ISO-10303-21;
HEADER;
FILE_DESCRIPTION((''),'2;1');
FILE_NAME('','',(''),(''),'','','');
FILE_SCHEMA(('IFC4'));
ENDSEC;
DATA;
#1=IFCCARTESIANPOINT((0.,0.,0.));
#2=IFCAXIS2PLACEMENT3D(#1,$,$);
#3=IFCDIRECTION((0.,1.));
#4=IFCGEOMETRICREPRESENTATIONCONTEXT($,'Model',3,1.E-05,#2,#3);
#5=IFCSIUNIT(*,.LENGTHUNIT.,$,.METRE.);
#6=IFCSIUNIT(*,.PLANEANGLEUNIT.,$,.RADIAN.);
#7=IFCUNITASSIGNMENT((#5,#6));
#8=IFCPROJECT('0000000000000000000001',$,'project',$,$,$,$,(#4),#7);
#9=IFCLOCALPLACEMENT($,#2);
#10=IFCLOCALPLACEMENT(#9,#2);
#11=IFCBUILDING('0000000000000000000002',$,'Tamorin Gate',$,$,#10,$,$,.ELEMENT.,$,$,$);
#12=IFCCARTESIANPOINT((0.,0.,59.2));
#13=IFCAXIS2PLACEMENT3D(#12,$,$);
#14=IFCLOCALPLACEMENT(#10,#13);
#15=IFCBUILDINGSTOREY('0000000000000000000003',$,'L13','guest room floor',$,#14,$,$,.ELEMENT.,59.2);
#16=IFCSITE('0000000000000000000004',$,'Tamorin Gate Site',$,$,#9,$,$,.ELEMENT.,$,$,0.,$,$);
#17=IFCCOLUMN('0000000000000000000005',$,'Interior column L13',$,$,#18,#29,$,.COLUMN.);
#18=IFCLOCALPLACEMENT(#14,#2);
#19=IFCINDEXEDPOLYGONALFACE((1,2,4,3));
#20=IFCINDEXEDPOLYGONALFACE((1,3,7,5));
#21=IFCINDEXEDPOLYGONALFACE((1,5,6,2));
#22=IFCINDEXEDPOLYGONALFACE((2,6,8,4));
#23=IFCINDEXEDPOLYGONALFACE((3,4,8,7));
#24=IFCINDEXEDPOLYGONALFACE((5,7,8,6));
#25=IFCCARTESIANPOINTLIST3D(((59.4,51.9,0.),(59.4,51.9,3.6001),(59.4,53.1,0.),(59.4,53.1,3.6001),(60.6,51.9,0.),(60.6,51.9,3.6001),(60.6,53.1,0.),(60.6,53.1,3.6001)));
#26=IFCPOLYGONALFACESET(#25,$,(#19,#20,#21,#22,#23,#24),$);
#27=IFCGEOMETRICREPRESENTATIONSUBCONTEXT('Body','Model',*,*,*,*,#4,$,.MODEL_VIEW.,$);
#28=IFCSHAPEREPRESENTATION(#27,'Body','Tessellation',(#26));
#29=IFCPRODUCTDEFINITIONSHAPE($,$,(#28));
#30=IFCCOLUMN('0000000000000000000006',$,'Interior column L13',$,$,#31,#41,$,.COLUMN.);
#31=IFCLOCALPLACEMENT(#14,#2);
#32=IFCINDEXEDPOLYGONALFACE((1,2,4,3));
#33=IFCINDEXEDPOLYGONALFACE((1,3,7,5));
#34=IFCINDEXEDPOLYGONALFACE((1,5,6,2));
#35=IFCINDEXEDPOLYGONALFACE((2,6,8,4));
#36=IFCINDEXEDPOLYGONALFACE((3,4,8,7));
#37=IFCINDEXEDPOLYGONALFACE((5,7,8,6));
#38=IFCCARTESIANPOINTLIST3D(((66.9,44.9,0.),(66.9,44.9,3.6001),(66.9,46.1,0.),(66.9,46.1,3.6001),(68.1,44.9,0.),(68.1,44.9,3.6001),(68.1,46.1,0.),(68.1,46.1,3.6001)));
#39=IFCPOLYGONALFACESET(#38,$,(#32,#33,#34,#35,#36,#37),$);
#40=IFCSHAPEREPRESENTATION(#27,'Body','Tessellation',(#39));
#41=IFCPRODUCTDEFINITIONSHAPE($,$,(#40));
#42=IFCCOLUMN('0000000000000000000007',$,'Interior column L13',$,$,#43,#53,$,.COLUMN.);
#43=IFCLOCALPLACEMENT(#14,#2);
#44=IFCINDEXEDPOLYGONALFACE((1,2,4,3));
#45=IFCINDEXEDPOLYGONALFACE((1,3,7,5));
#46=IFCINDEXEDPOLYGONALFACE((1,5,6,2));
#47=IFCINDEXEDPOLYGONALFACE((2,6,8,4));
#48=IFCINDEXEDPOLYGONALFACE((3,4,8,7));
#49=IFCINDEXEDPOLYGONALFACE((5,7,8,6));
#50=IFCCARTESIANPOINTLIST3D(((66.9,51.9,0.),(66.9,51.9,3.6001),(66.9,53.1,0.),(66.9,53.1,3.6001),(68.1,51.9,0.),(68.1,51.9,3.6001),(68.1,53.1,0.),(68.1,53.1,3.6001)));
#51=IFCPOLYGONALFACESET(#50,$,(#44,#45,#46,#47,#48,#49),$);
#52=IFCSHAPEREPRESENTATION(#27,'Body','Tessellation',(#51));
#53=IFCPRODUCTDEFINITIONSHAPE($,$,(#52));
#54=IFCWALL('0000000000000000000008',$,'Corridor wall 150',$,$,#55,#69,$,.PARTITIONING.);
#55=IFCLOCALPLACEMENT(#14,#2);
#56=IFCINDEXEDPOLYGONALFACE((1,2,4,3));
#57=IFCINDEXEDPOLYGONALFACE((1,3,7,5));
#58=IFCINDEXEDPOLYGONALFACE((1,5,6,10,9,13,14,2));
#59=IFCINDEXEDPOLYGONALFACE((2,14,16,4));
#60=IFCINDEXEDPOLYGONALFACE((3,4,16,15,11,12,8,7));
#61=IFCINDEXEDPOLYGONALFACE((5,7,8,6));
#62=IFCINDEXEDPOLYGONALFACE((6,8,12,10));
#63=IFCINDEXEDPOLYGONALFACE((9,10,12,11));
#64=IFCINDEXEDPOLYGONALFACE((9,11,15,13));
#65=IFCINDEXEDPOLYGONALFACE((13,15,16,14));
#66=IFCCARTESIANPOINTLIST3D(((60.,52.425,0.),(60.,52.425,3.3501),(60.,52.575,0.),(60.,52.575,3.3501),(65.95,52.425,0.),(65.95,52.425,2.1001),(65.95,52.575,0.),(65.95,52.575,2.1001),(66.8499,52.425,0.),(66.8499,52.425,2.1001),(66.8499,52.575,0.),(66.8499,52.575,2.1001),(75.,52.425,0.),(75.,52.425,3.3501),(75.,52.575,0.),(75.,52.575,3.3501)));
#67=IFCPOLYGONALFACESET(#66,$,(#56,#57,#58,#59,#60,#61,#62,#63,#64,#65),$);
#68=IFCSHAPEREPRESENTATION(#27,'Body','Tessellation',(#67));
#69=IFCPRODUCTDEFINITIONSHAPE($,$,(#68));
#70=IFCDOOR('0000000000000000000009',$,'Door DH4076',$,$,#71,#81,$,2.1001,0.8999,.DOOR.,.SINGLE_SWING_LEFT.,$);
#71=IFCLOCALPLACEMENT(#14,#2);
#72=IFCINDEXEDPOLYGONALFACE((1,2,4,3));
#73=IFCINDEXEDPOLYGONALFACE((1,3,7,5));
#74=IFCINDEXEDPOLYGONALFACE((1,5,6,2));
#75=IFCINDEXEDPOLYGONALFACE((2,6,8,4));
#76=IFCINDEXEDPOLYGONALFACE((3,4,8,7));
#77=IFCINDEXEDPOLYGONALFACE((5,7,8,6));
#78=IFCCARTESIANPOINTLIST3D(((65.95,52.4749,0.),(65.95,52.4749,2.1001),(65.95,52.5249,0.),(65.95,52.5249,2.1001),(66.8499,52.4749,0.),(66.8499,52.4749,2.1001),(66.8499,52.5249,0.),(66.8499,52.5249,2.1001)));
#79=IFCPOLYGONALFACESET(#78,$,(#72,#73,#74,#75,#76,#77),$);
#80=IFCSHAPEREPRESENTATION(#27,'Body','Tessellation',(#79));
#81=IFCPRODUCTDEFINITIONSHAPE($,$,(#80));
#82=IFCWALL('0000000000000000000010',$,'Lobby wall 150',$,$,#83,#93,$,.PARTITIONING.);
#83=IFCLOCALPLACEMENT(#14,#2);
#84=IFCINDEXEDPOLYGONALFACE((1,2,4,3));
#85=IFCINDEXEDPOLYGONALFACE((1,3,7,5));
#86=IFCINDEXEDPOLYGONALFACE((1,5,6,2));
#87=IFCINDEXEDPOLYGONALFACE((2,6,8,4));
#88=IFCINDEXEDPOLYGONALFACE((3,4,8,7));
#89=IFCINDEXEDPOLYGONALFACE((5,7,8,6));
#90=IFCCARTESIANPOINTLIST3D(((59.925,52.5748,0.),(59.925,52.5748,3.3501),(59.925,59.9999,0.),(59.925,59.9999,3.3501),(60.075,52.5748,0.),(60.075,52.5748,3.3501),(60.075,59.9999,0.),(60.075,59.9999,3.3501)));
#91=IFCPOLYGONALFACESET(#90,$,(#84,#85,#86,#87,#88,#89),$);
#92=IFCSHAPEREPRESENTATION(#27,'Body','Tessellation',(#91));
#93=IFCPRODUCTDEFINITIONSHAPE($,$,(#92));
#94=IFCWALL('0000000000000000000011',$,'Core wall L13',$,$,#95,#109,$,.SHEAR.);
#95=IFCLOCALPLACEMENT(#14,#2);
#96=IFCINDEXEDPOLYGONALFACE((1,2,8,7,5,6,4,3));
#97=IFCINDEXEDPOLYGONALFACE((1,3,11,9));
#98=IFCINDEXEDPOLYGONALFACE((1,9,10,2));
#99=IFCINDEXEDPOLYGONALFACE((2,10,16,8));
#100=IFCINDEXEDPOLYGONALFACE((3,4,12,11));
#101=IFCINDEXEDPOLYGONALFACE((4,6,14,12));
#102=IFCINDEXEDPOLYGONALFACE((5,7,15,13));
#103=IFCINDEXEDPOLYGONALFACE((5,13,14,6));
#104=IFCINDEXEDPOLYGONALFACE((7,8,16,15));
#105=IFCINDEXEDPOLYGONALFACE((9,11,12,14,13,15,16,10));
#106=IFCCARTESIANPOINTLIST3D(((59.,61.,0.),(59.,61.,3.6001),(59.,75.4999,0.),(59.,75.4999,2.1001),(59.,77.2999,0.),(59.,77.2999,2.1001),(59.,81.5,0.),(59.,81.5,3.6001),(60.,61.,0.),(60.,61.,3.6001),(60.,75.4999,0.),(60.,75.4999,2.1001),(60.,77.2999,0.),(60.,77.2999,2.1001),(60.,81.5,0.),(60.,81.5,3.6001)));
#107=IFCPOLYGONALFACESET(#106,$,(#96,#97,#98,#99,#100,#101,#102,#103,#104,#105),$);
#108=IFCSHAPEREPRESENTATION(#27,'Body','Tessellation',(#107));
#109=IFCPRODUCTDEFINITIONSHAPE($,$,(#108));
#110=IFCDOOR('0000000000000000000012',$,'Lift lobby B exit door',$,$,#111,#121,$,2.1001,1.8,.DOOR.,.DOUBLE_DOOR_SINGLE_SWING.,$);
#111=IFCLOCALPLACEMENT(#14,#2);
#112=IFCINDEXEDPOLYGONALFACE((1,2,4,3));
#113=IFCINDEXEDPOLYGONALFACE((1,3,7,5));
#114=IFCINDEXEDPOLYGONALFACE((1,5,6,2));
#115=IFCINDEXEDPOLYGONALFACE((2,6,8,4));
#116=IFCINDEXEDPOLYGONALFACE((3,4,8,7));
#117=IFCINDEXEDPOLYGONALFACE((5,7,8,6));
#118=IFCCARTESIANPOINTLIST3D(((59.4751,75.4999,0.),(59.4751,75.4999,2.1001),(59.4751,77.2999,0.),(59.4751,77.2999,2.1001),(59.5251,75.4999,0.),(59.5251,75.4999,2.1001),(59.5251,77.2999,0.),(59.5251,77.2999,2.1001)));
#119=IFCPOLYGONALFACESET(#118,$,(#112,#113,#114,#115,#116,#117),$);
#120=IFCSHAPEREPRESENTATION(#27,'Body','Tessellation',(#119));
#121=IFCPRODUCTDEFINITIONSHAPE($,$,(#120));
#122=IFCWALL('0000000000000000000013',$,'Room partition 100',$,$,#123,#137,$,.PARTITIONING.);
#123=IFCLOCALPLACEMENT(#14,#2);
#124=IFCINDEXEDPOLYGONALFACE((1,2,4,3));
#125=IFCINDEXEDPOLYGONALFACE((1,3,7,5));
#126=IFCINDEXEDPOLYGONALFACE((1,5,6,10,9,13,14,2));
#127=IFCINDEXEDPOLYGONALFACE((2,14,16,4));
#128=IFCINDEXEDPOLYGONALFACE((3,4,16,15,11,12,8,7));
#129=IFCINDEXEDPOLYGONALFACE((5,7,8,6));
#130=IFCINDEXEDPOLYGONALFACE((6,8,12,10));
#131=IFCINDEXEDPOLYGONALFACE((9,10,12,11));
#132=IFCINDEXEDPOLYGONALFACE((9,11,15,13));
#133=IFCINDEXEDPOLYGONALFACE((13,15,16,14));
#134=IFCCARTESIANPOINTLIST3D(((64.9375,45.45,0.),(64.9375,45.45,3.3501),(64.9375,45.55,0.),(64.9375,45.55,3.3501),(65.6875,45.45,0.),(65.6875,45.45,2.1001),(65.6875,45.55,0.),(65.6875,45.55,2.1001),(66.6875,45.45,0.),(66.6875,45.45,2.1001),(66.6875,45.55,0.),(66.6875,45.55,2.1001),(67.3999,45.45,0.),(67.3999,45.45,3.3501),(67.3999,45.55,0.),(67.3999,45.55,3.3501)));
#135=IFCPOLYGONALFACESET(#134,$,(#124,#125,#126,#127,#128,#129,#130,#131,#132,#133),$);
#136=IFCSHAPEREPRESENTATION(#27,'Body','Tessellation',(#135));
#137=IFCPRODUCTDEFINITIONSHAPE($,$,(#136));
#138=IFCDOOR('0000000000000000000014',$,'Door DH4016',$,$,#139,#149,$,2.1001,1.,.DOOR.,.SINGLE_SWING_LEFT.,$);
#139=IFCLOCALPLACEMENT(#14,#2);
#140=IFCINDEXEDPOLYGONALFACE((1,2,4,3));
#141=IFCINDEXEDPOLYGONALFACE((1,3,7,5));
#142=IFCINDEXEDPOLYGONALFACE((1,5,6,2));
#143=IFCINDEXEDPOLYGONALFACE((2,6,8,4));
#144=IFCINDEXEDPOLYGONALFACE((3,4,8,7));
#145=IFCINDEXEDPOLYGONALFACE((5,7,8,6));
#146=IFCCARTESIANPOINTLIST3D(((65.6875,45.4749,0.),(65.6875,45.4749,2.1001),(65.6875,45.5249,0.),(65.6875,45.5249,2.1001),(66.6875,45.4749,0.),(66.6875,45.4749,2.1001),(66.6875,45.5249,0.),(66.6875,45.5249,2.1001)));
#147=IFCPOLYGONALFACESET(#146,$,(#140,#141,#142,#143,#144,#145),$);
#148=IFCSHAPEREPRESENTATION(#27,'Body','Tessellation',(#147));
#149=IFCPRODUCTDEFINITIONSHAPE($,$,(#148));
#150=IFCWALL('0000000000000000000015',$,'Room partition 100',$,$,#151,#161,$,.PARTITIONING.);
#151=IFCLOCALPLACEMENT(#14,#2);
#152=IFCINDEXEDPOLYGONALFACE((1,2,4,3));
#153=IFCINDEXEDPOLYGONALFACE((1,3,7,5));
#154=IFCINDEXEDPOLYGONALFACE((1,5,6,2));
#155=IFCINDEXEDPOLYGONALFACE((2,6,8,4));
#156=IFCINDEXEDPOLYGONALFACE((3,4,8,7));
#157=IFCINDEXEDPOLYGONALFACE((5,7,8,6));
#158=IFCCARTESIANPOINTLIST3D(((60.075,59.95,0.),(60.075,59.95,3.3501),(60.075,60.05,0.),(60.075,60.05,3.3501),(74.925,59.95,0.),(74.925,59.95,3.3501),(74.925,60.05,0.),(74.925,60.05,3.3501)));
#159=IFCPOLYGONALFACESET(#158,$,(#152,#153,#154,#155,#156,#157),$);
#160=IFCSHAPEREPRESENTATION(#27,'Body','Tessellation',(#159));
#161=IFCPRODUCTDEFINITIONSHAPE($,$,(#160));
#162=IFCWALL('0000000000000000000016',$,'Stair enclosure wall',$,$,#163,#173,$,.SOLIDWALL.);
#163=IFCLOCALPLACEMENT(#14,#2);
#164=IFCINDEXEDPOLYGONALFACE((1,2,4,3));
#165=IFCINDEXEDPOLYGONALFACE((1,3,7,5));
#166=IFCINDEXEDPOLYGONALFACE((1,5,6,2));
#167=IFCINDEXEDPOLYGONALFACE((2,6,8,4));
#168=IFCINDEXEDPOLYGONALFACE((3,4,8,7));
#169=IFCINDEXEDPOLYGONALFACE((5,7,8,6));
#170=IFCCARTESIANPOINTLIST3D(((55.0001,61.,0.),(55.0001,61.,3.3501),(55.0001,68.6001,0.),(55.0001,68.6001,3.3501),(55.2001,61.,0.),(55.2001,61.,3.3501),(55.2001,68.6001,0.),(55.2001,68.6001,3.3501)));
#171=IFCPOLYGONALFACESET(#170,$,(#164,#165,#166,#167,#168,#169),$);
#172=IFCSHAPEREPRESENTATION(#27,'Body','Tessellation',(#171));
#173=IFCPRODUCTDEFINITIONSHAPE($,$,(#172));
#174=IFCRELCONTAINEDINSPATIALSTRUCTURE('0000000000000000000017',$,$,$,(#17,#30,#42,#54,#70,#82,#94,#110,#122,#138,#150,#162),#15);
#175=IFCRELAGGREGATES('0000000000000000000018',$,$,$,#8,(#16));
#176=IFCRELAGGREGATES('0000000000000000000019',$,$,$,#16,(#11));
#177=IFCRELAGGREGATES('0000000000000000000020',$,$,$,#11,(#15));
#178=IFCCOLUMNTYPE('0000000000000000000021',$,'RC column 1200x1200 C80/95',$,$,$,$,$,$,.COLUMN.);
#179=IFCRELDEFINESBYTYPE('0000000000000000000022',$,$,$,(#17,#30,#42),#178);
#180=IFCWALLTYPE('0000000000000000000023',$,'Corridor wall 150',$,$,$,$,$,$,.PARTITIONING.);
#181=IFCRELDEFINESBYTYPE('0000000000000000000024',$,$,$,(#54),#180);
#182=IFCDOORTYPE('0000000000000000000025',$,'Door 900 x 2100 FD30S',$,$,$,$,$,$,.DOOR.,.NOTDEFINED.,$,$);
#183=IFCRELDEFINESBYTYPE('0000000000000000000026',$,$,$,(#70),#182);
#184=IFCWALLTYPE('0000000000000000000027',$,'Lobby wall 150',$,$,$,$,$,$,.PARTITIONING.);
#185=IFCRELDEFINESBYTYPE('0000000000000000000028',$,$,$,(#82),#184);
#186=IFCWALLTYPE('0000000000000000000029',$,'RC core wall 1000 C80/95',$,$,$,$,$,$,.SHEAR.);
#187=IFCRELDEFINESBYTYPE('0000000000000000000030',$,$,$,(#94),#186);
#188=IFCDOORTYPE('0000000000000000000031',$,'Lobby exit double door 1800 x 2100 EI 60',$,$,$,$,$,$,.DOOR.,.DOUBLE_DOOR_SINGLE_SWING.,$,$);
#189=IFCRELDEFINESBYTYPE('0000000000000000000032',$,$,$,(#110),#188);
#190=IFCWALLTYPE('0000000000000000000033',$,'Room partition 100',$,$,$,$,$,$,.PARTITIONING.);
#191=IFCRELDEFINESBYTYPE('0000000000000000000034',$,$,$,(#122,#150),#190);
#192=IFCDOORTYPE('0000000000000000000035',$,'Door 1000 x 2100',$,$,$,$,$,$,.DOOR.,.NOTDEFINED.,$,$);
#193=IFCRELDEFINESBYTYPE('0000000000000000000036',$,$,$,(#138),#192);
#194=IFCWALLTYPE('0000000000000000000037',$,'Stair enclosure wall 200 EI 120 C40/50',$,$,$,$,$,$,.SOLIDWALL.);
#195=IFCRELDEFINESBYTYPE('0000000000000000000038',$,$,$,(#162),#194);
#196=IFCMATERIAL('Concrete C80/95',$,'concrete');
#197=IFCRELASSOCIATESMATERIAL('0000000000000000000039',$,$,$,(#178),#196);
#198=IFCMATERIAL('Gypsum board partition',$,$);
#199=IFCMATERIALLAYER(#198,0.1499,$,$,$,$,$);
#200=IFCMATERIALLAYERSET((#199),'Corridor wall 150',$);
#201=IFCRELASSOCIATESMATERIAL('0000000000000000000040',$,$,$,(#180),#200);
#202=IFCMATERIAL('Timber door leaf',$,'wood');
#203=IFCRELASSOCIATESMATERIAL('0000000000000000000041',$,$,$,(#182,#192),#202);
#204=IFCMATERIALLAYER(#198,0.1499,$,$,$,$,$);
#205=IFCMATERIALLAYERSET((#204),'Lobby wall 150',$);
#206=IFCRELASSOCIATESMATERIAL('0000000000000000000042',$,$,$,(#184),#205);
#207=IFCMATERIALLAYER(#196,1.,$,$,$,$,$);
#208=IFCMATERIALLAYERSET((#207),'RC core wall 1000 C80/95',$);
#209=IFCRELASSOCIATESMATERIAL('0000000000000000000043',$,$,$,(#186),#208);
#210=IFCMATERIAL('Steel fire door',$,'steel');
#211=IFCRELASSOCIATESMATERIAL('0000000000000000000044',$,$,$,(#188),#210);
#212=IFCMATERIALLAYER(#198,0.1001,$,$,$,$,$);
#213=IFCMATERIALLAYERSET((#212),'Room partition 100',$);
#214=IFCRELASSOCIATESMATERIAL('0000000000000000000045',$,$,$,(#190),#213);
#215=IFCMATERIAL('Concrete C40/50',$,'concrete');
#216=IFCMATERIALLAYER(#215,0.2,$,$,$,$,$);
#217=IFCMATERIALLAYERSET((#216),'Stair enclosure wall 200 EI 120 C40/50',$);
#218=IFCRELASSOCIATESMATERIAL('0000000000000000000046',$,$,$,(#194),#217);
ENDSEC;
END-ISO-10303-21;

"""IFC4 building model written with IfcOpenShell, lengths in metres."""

from ifc_helpers import new_model, si_unit, direction, frame, frame_2d, origin, origin_2d, place, context, subcontext, project, spatial, rectangle, extrude, material, layer, layer_set, material_profile, profile_set, type_object, element, fill, save


model = new_model("IFC4")

# Units and contexts
model_context = context("Model", 3, precision=1e-05, world=origin(), true_north=direction((0.0, 1.0)))
body_context = subcontext(model_context, "Body", "Model", "MODEL_VIEW")
ifc_project = project(units=[si_unit("LENGTHUNIT", "METRE"), si_unit("PLANEANGLEUNIT", "RADIAN")], contexts=[model_context])

# Site, building, storey
site_placement = place(None, origin())
site = spatial("IfcSite", under=ifc_project, at=site_placement, Name="Tamorin Gate Site", CompositionType="ELEMENT", RefElevation=0.0)
building_placement = place(site_placement, origin())
building = spatial("IfcBuilding", under=site, at=building_placement, Name="Tamorin Gate", CompositionType="ELEMENT")
storey_placement = place(building_placement, frame((0.0, 0.0, 59.2)))
storey = spatial("IfcBuildingStorey", under=building, at=storey_placement, Name="L13", Description="guest room floor", CompositionType="ELEMENT", Elevation=59.2)

# Columns
ifc_material_1 = material(Name="Concrete C80/95", Category="concrete")
ifc_material_profile = material_profile(ifc_material_1, rectangle(XDim=1.2, YDim=1.2, at=origin_2d()), Name="RC 1200x1200")
ifc_profile_set = profile_set([ifc_material_profile], Name="Concrete C80/95")
column_type = type_object("IfcColumnType", Name="RC column 1200x1200 C80/95", PredefinedType="COLUMN", material=ifc_profile_set)
for number, where, z_axis, x_axis, name in (
    (1, (60.0, 52.5, 0.0), (0.0, 0.0, 1.0), (1.0, 0.0, 0.0), "Interior column L13"),
    (2, (67.5, 45.5, 0.0), (0.0, 0.0, 1.0), (1.0, 0.0, 0.0), "Interior column L13"),
    (3, (67.5, 52.5, 0.0), (0.0, 0.0, 1.0), (1.0, 0.0, 0.0), "Interior column L13"),
):
    element("IfcColumn", number, at=place(storey_placement, frame(where, z_axis=z_axis, x_axis=x_axis)), inside=storey, type_object=column_type, Name=name, PredefinedType="COLUMN", context=body_context, shape_type="SweptSolid", body=[
        extrude(rectangle(XDim=1.2, YDim=1.2, at=origin_2d()), origin(), (0.0, 0.0, 1.0), 3.6001),
    ])

# Wall, opening, door
ifc_material_2 = material(Name="Gypsum board partition")
ifc_layer_1 = layer(ifc_material_2, 0.1499)
ifc_layer_set_1 = layer_set([ifc_layer_1], Name="Corridor wall 150")
wall_type_1 = type_object("IfcWallType", Name="Corridor wall 150", PredefinedType="PARTITIONING", material=ifc_layer_set_1)
wall_1_placement = place(storey_placement, frame((60.0, 52.5, 0.0), z_axis=(0.0, 0.0, 1.0), x_axis=(1.0, 0.0, 0.0)))
wall_1 = element("IfcWall", 4, at=wall_1_placement, inside=storey, type_object=wall_type_1, Name="Corridor wall 150", PredefinedType="PARTITIONING", context=body_context, shape_type="SweptSolid", body=[
    extrude(rectangle(XDim=15.0, YDim=0.1499, at=frame_2d((7.5, 0.0))), origin(), (0.0, 0.0, 1.0), 3.3501),
])
opening_1_placement = place(wall_1_placement, frame((5.95, 0.0, 0.0)))
opening_1 = element("IfcOpeningElement", 5, at=opening_1_placement, cuts=wall_1, PredefinedType="OPENING", context=body_context, shape_type="SweptSolid", body=[
    extrude(rectangle(XDim=0.8999, YDim=2.1001, at=frame_2d((0.45, 1.05))), frame((0.0, 0.085, 0.0), z_axis=(0.0, -1.0, 0.0), x_axis=(1.0, 0.0, 0.0)), (0.0, 0.0, 1.0), 0.1699),
])
ifc_material_3 = material(Name="Timber door leaf", Category="wood")
door_type_1 = type_object("IfcDoorType", Name="Door 900 x 2100 FD30S", OperationType="NOTDEFINED", PredefinedType="DOOR", material=ifc_material_3)
door_1_placement = place(opening_1_placement, origin())
door_1 = element("IfcDoor", 6, at=door_1_placement, inside=storey, type_object=door_type_1, Name="Door DH4076", OperationType="SINGLE_SWING_LEFT", OverallHeight=2.1001, OverallWidth=0.8999, PredefinedType="DOOR", context=body_context, shape_type="SweptSolid", body=[
    extrude(rectangle(XDim=0.8999, YDim=2.1001, at=frame_2d((0.45, 1.05))), frame((0.0, 0.0249, 0.0), z_axis=(0.0, -1.0, 0.0), x_axis=(1.0, 0.0, 0.0)), (0.0, 0.0, 1.0), 0.05),
])
fill(opening_1, door_1)

# Wall
ifc_layer_2 = layer(ifc_material_2, 0.1499)
ifc_layer_set_2 = layer_set([ifc_layer_2], Name="Lobby wall 150")
wall_type_2 = type_object("IfcWallType", Name="Lobby wall 150", PredefinedType="PARTITIONING", material=ifc_layer_set_2)
wall_2_placement = place(storey_placement, frame((60.0, 52.575, 0.0), z_axis=(0.0, 0.0, 1.0), x_axis=(0.0, 1.0, 0.0)))
element("IfcWall", 7, at=wall_2_placement, inside=storey, type_object=wall_type_2, Name="Lobby wall 150", PredefinedType="PARTITIONING", context=body_context, shape_type="SweptSolid", body=[
    extrude(rectangle(XDim=7.425, YDim=0.1499, at=frame_2d((3.7124, 0.0))), origin(), (0.0, 0.0, 1.0), 3.3501),
])

# Walls, openings, doors
ifc_layer_3 = layer(ifc_material_1, 1.0)
ifc_layer_set_3 = layer_set([ifc_layer_3], Name="RC core wall 1000 C80/95")
wall_type_3 = type_object("IfcWallType", Name="RC core wall 1000 C80/95", PredefinedType="SHEAR", material=ifc_layer_set_3)
wall_3_placement = place(storey_placement, frame((59.5, 61.0, 0.0), z_axis=(0.0, 0.0, 1.0), x_axis=(0.0, 1.0, 0.0)))
wall_3 = element("IfcWall", 8, at=wall_3_placement, inside=storey, type_object=wall_type_3, Name="Core wall L13", PredefinedType="SHEAR", context=body_context, shape_type="SweptSolid", body=[
    extrude(rectangle(XDim=20.5, YDim=1.0, at=frame_2d((10.25, 0.0))), origin(), (0.0, 0.0, 1.0), 3.6001),
])
opening_2_placement = place(wall_3_placement, frame((14.5, 0.0, 0.0)))
opening_2 = element("IfcOpeningElement", 9, at=opening_2_placement, cuts=wall_3, PredefinedType="OPENING", context=body_context, shape_type="SweptSolid", body=[
    extrude(rectangle(XDim=1.8, YDim=2.1001, at=frame_2d((0.8999, 1.05))), frame((0.0, 0.51, 0.0), z_axis=(0.0, -1.0, 0.0), x_axis=(1.0, 0.0, 0.0)), (0.0, 0.0, 1.0), 1.02),
])
ifc_material_4 = material(Name="Steel fire door", Category="steel")
door_type_2 = type_object("IfcDoorType", Name="Lobby exit double door 1800 x 2100 EI 60", OperationType="DOUBLE_DOOR_SINGLE_SWING", PredefinedType="DOOR", material=ifc_material_4)
door_2_placement = place(opening_2_placement, origin())
door_2 = element("IfcDoor", 10, at=door_2_placement, inside=storey, type_object=door_type_2, Name="Lift lobby B exit door", OperationType="DOUBLE_DOOR_SINGLE_SWING", OverallHeight=2.1001, OverallWidth=1.8, PredefinedType="DOOR", context=body_context, shape_type="SweptSolid", body=[
    extrude(rectangle(XDim=1.8, YDim=2.1001, at=frame_2d((0.8999, 1.05))), frame((0.0, 0.0249, 0.0), z_axis=(0.0, -1.0, 0.0), x_axis=(1.0, 0.0, 0.0)), (0.0, 0.0, 1.0), 0.05),
])
fill(opening_2, door_2)
ifc_layer_4 = layer(ifc_material_2, 0.1001)
ifc_layer_set_4 = layer_set([ifc_layer_4], Name="Room partition 100")
wall_type_4 = type_object("IfcWallType", Name="Room partition 100", PredefinedType="PARTITIONING", material=ifc_layer_set_4)
wall_4_placement = place(storey_placement, frame((64.9375, 45.5, 0.0), z_axis=(0.0, 0.0, 1.0), x_axis=(1.0, 0.0, 0.0)))
wall_4 = element("IfcWall", 11, at=wall_4_placement, inside=storey, type_object=wall_type_4, Name="Room partition 100", PredefinedType="PARTITIONING", context=body_context, shape_type="SweptSolid", body=[
    extrude(rectangle(XDim=2.4624, YDim=0.1001, at=frame_2d((1.2312, 0.0))), origin(), (0.0, 0.0, 1.0), 3.3501),
])
opening_3_placement = place(wall_4_placement, frame((0.75, 0.0, 0.0)))
opening_3 = element("IfcOpeningElement", 12, at=opening_3_placement, cuts=wall_4, PredefinedType="OPENING", context=body_context, shape_type="SweptSolid", body=[
    extrude(rectangle(XDim=1.0, YDim=2.1001, at=frame_2d((0.5, 1.05))), frame((0.0, 0.0601, 0.0), z_axis=(0.0, -1.0, 0.0), x_axis=(1.0, 0.0, 0.0)), (0.0, 0.0, 1.0), 0.1201),
])
door_type_3 = type_object("IfcDoorType", Name="Door 1000 x 2100", OperationType="NOTDEFINED", PredefinedType="DOOR", material=ifc_material_3)
door_3_placement = place(opening_3_placement, origin())
door_3 = element("IfcDoor", 13, at=door_3_placement, inside=storey, type_object=door_type_3, Name="Door DH4016", OperationType="SINGLE_SWING_LEFT", OverallHeight=2.1001, OverallWidth=1.0, PredefinedType="DOOR", context=body_context, shape_type="SweptSolid", body=[
    extrude(rectangle(XDim=1.0, YDim=2.1001, at=frame_2d((0.5, 1.05))), frame((0.0, 0.0249, 0.0), z_axis=(0.0, -1.0, 0.0), x_axis=(1.0, 0.0, 0.0)), (0.0, 0.0, 1.0), 0.05),
])
fill(opening_3, door_3)

# Walls
wall_5_placement = place(storey_placement, frame((60.075, 60.0, 0.0), z_axis=(0.0, 0.0, 1.0), x_axis=(1.0, 0.0, 0.0)))
element("IfcWall", 14, at=wall_5_placement, inside=storey, type_object=wall_type_4, Name="Room partition 100", PredefinedType="PARTITIONING", context=body_context, shape_type="SweptSolid", body=[
    extrude(rectangle(XDim=14.8501, YDim=0.1001, at=frame_2d((7.425, 0.0))), origin(), (0.0, 0.0, 1.0), 3.3501),
])
ifc_material_5 = material(Name="Concrete C40/50", Category="concrete")
ifc_layer_5 = layer(ifc_material_5, 0.2)
ifc_layer_set_5 = layer_set([ifc_layer_5], Name="Stair enclosure wall 200 EI 120 C40/50")
wall_type_5 = type_object("IfcWallType", Name="Stair enclosure wall 200 EI 120 C40/50", PredefinedType="SOLIDWALL", material=ifc_layer_set_5)
wall_6_placement = place(storey_placement, frame((55.1001, 61.0, 0.0), z_axis=(0.0, 0.0, 1.0), x_axis=(0.0, 1.0, 0.0)))
element("IfcWall", 15, at=wall_6_placement, inside=storey, type_object=wall_type_5, Name="Stair enclosure wall", PredefinedType="SOLIDWALL", context=body_context, shape_type="SweptSolid", body=[
    extrude(rectangle(XDim=7.6001, YDim=0.2, at=frame_2d((3.8, 0.0))), origin(), (0.0, 0.0, 1.0), 3.3501),
])

save(model, "model.ifc")
